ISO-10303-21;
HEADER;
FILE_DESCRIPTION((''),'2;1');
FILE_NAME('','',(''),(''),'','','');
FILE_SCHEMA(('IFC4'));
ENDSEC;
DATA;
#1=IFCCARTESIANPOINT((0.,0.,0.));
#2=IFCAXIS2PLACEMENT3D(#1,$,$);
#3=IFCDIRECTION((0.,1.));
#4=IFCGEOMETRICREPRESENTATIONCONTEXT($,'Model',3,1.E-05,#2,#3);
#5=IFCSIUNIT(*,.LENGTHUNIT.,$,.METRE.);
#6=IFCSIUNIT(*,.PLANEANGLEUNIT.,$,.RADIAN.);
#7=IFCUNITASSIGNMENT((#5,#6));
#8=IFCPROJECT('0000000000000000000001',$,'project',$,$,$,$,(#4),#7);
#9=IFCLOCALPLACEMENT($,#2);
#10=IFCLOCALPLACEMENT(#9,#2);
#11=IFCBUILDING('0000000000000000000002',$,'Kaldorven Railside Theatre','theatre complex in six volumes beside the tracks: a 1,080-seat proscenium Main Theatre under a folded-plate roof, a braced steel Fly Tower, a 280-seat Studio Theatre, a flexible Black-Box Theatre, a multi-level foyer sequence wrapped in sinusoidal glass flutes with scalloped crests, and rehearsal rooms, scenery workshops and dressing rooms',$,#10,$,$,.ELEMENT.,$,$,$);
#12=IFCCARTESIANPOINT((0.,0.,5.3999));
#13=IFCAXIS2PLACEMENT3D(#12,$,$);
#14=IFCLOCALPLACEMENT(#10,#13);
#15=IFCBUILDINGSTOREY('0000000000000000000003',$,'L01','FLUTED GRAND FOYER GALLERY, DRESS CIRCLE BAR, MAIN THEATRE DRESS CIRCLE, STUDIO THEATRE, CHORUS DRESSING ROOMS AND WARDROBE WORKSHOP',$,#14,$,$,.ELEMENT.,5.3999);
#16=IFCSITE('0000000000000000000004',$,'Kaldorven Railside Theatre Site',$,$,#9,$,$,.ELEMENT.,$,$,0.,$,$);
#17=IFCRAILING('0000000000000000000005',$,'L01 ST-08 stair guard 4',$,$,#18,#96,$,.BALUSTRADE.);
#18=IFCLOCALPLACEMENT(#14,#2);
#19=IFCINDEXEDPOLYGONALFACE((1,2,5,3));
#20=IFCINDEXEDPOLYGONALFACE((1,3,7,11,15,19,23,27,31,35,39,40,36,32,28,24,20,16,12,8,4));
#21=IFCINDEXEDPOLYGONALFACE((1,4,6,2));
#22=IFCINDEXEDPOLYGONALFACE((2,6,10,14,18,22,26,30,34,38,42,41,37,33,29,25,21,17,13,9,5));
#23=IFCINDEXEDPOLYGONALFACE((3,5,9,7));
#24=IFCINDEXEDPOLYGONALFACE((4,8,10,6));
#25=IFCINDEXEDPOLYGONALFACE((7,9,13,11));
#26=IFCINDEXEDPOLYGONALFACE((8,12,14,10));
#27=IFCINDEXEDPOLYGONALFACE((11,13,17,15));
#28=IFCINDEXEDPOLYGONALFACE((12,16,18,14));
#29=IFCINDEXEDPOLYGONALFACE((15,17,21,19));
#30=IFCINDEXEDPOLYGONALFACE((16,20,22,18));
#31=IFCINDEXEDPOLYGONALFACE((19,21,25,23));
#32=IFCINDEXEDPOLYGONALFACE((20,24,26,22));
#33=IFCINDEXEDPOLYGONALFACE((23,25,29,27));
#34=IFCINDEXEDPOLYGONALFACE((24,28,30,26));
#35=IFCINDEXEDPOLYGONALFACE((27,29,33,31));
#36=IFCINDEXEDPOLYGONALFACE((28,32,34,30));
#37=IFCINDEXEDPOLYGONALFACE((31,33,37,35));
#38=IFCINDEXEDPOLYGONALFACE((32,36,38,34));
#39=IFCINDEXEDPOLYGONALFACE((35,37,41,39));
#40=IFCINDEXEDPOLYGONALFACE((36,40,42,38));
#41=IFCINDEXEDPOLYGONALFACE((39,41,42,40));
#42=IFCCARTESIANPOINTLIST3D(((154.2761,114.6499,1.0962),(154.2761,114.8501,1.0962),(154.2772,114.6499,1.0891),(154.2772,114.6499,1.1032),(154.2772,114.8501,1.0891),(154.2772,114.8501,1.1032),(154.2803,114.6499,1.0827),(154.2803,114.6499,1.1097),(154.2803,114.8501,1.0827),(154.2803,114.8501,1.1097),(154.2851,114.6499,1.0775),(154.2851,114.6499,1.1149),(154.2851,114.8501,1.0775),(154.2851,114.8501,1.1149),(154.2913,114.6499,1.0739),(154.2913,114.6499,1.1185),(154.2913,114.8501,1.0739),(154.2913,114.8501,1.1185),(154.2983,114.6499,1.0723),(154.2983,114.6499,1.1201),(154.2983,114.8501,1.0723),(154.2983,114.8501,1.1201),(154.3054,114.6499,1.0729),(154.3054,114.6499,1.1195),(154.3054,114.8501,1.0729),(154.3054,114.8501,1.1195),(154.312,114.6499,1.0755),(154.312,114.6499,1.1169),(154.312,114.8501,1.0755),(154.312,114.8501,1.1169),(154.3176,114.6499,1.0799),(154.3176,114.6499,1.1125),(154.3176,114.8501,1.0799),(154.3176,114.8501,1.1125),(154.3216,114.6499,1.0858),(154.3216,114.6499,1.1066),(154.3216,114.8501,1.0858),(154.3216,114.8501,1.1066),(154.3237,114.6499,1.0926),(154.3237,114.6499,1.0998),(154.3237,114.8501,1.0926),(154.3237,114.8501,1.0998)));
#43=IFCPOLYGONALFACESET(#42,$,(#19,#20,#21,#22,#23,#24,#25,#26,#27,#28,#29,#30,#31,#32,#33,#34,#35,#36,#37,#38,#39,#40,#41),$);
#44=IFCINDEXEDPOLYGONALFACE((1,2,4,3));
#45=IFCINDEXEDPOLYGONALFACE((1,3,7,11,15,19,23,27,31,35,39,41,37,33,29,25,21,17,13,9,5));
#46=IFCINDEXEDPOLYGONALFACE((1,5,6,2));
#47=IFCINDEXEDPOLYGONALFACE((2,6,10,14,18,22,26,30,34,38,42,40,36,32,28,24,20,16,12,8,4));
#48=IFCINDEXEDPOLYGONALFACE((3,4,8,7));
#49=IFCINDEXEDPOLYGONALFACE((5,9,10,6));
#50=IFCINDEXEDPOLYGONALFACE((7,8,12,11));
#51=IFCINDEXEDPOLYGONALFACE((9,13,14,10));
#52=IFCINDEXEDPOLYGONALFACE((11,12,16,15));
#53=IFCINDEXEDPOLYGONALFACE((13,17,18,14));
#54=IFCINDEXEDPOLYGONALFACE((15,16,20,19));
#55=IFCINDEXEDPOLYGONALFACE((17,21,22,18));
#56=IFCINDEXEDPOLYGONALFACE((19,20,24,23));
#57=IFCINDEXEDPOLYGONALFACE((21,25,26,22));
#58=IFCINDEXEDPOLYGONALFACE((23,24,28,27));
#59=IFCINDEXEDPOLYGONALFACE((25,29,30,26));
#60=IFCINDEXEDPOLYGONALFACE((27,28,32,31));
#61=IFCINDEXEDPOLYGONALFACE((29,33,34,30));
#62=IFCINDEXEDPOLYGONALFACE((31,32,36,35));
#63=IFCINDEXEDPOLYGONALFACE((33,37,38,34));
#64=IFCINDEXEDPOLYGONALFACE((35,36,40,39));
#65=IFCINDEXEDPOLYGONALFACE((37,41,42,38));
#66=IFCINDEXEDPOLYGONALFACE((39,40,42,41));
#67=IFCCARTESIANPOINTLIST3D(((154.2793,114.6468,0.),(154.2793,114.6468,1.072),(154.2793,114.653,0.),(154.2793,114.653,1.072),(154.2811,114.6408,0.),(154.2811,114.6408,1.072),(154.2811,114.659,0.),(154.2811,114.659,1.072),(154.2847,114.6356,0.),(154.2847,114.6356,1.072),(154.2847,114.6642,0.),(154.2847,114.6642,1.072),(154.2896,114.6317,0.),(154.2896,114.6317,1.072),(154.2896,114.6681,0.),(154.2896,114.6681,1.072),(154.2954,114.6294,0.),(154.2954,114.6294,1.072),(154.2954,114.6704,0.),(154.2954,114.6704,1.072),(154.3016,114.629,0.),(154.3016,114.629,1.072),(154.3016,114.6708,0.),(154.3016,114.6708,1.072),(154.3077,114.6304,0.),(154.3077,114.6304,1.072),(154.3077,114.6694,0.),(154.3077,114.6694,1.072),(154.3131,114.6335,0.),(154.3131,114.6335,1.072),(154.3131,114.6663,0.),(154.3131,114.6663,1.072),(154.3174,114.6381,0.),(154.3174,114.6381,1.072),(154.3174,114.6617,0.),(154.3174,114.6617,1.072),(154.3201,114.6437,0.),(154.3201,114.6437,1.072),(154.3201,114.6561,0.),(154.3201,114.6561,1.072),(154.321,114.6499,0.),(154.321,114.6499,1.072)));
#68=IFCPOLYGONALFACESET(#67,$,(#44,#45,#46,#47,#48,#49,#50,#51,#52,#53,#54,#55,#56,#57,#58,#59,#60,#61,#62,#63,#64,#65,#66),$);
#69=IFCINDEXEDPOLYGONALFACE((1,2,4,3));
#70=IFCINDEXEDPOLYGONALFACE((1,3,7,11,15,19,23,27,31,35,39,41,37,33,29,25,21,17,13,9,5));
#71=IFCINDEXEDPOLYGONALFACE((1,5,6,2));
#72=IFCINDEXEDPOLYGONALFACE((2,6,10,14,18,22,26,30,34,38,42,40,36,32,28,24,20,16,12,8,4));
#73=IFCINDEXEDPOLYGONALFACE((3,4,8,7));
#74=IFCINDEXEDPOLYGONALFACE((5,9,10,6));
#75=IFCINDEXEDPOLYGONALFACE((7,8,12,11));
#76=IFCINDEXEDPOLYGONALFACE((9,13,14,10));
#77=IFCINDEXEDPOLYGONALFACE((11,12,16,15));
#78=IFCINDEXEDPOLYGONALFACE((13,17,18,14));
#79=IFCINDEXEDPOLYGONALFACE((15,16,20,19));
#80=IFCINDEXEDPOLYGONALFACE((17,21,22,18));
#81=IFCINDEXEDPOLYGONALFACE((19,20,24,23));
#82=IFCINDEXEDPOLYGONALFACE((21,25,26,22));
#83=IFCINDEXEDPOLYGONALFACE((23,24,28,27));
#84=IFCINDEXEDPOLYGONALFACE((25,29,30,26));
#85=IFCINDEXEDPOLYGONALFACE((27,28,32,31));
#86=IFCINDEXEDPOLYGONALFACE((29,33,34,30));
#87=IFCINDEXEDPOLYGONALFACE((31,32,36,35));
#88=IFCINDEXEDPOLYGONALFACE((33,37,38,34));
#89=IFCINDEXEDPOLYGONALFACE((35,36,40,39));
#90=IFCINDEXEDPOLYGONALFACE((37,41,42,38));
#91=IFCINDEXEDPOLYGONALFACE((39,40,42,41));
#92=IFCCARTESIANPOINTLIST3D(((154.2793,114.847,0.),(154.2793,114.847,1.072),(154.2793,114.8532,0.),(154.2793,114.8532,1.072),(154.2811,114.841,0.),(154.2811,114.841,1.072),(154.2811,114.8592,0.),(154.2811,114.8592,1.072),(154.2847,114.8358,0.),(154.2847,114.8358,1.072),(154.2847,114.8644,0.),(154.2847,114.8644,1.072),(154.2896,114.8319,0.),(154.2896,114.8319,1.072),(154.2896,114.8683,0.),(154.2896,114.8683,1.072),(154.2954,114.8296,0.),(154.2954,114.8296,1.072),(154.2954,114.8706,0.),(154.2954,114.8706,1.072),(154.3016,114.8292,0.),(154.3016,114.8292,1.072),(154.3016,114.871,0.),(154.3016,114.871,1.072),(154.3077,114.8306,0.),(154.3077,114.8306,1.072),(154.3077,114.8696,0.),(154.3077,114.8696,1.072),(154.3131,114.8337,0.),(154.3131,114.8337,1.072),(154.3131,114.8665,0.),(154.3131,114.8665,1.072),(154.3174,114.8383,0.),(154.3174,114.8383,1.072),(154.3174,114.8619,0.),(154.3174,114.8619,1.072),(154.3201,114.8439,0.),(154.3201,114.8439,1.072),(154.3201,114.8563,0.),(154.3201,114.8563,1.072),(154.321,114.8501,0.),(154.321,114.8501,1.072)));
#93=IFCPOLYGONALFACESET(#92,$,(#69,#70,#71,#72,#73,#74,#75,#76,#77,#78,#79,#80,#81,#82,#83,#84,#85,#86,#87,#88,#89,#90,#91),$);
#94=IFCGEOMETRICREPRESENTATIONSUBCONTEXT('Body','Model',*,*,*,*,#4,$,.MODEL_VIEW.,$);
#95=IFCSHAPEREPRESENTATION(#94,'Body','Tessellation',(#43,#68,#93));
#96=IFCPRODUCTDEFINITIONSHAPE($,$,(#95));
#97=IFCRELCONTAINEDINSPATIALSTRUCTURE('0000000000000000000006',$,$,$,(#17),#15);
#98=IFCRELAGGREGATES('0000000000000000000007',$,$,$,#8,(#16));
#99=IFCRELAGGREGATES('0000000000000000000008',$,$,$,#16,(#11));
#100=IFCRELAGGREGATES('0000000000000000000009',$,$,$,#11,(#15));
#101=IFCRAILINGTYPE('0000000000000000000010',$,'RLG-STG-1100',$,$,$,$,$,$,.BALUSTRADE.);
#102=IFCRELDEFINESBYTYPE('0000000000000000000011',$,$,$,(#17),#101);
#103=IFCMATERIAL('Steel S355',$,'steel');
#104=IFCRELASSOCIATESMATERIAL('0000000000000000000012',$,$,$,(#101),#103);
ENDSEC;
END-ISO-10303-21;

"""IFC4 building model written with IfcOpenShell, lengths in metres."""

from ifc_helpers import new_model, si_unit, direction, frame, origin, origin_2d, place, context, subcontext, project, spatial, circle, extrude, material, type_object, element, save


model = new_model("IFC4")

# Units and contexts
model_context = context("Model", 3, precision=1e-05, world=origin(), true_north=direction((0.0, 1.0)))
body_context = subcontext(model_context, "Body", "Model", "MODEL_VIEW")
ifc_project = project(units=[si_unit("LENGTHUNIT", "METRE"), si_unit("PLANEANGLEUNIT", "RADIAN")], contexts=[model_context])

# Site, building, storey
site_placement = place(None, origin())
site = spatial("IfcSite", under=ifc_project, at=site_placement, Name="Kaldorven Railside Theatre Site", CompositionType="ELEMENT", RefElevation=0.0)
building_placement = place(site_placement, origin())
building = spatial("IfcBuilding", under=site, at=building_placement, Name="Kaldorven Railside Theatre", Description="theatre complex in six volumes beside the tracks: a 1,080-seat proscenium Main Theatre under a folded-plate roof, a braced steel Fly Tower, a 280-seat Studio Theatre, a flexible Black-Box Theatre, a multi-level foyer sequence wrapped in sinusoidal glass flutes with scalloped crests, and rehearsal rooms, scenery workshops and dressing rooms", CompositionType="ELEMENT")
storey_placement = place(building_placement, frame((0.0, 0.0, 5.3999)))
storey = spatial("IfcBuildingStorey", under=building, at=storey_placement, Name="L01", Description="FLUTED GRAND FOYER GALLERY, DRESS CIRCLE BAR, MAIN THEATRE DRESS CIRCLE, STUDIO THEATRE, CHORUS DRESSING ROOMS AND WARDROBE WORKSHOP", CompositionType="ELEMENT", Elevation=5.3999)

# Shared definitions
ifc_material_1 = material(Name="Steel S355", Category="steel")

# Railing
railing_type_1 = type_object("IfcRailingType", Name="RLG-STG-1100", PredefinedType="BALUSTRADE", material=ifc_material_1)
railing_1_placement = place(storey_placement, frame((154.3, 114.6499, 0.0)))
element("IfcRailing", 1, at=railing_1_placement, inside=storey, type_object=railing_type_1, Name="L01 ST-08 stair guard 4", PredefinedType="BALUSTRADE", context=body_context, shape_type="SweptSolid", body=[
    extrude(circle(Radius=0.0239, at=origin_2d()), frame((0.0, 0.0, 1.0962), z_axis=(0.0, 1.0, 0.0), x_axis=(-1.0, 0.0, 0.0)), (0.0, 0.0, 1.0), 0.2002),
    extrude(circle(Radius=0.021, at=origin_2d()), origin(), (0.0, 0.0, 1.0), 1.072),
    extrude(circle(Radius=0.021, at=origin_2d()), frame((0.0, 0.2002, 0.0)), (0.0, 0.0, 1.0), 1.072),
])

save(model, "model.ifc")
